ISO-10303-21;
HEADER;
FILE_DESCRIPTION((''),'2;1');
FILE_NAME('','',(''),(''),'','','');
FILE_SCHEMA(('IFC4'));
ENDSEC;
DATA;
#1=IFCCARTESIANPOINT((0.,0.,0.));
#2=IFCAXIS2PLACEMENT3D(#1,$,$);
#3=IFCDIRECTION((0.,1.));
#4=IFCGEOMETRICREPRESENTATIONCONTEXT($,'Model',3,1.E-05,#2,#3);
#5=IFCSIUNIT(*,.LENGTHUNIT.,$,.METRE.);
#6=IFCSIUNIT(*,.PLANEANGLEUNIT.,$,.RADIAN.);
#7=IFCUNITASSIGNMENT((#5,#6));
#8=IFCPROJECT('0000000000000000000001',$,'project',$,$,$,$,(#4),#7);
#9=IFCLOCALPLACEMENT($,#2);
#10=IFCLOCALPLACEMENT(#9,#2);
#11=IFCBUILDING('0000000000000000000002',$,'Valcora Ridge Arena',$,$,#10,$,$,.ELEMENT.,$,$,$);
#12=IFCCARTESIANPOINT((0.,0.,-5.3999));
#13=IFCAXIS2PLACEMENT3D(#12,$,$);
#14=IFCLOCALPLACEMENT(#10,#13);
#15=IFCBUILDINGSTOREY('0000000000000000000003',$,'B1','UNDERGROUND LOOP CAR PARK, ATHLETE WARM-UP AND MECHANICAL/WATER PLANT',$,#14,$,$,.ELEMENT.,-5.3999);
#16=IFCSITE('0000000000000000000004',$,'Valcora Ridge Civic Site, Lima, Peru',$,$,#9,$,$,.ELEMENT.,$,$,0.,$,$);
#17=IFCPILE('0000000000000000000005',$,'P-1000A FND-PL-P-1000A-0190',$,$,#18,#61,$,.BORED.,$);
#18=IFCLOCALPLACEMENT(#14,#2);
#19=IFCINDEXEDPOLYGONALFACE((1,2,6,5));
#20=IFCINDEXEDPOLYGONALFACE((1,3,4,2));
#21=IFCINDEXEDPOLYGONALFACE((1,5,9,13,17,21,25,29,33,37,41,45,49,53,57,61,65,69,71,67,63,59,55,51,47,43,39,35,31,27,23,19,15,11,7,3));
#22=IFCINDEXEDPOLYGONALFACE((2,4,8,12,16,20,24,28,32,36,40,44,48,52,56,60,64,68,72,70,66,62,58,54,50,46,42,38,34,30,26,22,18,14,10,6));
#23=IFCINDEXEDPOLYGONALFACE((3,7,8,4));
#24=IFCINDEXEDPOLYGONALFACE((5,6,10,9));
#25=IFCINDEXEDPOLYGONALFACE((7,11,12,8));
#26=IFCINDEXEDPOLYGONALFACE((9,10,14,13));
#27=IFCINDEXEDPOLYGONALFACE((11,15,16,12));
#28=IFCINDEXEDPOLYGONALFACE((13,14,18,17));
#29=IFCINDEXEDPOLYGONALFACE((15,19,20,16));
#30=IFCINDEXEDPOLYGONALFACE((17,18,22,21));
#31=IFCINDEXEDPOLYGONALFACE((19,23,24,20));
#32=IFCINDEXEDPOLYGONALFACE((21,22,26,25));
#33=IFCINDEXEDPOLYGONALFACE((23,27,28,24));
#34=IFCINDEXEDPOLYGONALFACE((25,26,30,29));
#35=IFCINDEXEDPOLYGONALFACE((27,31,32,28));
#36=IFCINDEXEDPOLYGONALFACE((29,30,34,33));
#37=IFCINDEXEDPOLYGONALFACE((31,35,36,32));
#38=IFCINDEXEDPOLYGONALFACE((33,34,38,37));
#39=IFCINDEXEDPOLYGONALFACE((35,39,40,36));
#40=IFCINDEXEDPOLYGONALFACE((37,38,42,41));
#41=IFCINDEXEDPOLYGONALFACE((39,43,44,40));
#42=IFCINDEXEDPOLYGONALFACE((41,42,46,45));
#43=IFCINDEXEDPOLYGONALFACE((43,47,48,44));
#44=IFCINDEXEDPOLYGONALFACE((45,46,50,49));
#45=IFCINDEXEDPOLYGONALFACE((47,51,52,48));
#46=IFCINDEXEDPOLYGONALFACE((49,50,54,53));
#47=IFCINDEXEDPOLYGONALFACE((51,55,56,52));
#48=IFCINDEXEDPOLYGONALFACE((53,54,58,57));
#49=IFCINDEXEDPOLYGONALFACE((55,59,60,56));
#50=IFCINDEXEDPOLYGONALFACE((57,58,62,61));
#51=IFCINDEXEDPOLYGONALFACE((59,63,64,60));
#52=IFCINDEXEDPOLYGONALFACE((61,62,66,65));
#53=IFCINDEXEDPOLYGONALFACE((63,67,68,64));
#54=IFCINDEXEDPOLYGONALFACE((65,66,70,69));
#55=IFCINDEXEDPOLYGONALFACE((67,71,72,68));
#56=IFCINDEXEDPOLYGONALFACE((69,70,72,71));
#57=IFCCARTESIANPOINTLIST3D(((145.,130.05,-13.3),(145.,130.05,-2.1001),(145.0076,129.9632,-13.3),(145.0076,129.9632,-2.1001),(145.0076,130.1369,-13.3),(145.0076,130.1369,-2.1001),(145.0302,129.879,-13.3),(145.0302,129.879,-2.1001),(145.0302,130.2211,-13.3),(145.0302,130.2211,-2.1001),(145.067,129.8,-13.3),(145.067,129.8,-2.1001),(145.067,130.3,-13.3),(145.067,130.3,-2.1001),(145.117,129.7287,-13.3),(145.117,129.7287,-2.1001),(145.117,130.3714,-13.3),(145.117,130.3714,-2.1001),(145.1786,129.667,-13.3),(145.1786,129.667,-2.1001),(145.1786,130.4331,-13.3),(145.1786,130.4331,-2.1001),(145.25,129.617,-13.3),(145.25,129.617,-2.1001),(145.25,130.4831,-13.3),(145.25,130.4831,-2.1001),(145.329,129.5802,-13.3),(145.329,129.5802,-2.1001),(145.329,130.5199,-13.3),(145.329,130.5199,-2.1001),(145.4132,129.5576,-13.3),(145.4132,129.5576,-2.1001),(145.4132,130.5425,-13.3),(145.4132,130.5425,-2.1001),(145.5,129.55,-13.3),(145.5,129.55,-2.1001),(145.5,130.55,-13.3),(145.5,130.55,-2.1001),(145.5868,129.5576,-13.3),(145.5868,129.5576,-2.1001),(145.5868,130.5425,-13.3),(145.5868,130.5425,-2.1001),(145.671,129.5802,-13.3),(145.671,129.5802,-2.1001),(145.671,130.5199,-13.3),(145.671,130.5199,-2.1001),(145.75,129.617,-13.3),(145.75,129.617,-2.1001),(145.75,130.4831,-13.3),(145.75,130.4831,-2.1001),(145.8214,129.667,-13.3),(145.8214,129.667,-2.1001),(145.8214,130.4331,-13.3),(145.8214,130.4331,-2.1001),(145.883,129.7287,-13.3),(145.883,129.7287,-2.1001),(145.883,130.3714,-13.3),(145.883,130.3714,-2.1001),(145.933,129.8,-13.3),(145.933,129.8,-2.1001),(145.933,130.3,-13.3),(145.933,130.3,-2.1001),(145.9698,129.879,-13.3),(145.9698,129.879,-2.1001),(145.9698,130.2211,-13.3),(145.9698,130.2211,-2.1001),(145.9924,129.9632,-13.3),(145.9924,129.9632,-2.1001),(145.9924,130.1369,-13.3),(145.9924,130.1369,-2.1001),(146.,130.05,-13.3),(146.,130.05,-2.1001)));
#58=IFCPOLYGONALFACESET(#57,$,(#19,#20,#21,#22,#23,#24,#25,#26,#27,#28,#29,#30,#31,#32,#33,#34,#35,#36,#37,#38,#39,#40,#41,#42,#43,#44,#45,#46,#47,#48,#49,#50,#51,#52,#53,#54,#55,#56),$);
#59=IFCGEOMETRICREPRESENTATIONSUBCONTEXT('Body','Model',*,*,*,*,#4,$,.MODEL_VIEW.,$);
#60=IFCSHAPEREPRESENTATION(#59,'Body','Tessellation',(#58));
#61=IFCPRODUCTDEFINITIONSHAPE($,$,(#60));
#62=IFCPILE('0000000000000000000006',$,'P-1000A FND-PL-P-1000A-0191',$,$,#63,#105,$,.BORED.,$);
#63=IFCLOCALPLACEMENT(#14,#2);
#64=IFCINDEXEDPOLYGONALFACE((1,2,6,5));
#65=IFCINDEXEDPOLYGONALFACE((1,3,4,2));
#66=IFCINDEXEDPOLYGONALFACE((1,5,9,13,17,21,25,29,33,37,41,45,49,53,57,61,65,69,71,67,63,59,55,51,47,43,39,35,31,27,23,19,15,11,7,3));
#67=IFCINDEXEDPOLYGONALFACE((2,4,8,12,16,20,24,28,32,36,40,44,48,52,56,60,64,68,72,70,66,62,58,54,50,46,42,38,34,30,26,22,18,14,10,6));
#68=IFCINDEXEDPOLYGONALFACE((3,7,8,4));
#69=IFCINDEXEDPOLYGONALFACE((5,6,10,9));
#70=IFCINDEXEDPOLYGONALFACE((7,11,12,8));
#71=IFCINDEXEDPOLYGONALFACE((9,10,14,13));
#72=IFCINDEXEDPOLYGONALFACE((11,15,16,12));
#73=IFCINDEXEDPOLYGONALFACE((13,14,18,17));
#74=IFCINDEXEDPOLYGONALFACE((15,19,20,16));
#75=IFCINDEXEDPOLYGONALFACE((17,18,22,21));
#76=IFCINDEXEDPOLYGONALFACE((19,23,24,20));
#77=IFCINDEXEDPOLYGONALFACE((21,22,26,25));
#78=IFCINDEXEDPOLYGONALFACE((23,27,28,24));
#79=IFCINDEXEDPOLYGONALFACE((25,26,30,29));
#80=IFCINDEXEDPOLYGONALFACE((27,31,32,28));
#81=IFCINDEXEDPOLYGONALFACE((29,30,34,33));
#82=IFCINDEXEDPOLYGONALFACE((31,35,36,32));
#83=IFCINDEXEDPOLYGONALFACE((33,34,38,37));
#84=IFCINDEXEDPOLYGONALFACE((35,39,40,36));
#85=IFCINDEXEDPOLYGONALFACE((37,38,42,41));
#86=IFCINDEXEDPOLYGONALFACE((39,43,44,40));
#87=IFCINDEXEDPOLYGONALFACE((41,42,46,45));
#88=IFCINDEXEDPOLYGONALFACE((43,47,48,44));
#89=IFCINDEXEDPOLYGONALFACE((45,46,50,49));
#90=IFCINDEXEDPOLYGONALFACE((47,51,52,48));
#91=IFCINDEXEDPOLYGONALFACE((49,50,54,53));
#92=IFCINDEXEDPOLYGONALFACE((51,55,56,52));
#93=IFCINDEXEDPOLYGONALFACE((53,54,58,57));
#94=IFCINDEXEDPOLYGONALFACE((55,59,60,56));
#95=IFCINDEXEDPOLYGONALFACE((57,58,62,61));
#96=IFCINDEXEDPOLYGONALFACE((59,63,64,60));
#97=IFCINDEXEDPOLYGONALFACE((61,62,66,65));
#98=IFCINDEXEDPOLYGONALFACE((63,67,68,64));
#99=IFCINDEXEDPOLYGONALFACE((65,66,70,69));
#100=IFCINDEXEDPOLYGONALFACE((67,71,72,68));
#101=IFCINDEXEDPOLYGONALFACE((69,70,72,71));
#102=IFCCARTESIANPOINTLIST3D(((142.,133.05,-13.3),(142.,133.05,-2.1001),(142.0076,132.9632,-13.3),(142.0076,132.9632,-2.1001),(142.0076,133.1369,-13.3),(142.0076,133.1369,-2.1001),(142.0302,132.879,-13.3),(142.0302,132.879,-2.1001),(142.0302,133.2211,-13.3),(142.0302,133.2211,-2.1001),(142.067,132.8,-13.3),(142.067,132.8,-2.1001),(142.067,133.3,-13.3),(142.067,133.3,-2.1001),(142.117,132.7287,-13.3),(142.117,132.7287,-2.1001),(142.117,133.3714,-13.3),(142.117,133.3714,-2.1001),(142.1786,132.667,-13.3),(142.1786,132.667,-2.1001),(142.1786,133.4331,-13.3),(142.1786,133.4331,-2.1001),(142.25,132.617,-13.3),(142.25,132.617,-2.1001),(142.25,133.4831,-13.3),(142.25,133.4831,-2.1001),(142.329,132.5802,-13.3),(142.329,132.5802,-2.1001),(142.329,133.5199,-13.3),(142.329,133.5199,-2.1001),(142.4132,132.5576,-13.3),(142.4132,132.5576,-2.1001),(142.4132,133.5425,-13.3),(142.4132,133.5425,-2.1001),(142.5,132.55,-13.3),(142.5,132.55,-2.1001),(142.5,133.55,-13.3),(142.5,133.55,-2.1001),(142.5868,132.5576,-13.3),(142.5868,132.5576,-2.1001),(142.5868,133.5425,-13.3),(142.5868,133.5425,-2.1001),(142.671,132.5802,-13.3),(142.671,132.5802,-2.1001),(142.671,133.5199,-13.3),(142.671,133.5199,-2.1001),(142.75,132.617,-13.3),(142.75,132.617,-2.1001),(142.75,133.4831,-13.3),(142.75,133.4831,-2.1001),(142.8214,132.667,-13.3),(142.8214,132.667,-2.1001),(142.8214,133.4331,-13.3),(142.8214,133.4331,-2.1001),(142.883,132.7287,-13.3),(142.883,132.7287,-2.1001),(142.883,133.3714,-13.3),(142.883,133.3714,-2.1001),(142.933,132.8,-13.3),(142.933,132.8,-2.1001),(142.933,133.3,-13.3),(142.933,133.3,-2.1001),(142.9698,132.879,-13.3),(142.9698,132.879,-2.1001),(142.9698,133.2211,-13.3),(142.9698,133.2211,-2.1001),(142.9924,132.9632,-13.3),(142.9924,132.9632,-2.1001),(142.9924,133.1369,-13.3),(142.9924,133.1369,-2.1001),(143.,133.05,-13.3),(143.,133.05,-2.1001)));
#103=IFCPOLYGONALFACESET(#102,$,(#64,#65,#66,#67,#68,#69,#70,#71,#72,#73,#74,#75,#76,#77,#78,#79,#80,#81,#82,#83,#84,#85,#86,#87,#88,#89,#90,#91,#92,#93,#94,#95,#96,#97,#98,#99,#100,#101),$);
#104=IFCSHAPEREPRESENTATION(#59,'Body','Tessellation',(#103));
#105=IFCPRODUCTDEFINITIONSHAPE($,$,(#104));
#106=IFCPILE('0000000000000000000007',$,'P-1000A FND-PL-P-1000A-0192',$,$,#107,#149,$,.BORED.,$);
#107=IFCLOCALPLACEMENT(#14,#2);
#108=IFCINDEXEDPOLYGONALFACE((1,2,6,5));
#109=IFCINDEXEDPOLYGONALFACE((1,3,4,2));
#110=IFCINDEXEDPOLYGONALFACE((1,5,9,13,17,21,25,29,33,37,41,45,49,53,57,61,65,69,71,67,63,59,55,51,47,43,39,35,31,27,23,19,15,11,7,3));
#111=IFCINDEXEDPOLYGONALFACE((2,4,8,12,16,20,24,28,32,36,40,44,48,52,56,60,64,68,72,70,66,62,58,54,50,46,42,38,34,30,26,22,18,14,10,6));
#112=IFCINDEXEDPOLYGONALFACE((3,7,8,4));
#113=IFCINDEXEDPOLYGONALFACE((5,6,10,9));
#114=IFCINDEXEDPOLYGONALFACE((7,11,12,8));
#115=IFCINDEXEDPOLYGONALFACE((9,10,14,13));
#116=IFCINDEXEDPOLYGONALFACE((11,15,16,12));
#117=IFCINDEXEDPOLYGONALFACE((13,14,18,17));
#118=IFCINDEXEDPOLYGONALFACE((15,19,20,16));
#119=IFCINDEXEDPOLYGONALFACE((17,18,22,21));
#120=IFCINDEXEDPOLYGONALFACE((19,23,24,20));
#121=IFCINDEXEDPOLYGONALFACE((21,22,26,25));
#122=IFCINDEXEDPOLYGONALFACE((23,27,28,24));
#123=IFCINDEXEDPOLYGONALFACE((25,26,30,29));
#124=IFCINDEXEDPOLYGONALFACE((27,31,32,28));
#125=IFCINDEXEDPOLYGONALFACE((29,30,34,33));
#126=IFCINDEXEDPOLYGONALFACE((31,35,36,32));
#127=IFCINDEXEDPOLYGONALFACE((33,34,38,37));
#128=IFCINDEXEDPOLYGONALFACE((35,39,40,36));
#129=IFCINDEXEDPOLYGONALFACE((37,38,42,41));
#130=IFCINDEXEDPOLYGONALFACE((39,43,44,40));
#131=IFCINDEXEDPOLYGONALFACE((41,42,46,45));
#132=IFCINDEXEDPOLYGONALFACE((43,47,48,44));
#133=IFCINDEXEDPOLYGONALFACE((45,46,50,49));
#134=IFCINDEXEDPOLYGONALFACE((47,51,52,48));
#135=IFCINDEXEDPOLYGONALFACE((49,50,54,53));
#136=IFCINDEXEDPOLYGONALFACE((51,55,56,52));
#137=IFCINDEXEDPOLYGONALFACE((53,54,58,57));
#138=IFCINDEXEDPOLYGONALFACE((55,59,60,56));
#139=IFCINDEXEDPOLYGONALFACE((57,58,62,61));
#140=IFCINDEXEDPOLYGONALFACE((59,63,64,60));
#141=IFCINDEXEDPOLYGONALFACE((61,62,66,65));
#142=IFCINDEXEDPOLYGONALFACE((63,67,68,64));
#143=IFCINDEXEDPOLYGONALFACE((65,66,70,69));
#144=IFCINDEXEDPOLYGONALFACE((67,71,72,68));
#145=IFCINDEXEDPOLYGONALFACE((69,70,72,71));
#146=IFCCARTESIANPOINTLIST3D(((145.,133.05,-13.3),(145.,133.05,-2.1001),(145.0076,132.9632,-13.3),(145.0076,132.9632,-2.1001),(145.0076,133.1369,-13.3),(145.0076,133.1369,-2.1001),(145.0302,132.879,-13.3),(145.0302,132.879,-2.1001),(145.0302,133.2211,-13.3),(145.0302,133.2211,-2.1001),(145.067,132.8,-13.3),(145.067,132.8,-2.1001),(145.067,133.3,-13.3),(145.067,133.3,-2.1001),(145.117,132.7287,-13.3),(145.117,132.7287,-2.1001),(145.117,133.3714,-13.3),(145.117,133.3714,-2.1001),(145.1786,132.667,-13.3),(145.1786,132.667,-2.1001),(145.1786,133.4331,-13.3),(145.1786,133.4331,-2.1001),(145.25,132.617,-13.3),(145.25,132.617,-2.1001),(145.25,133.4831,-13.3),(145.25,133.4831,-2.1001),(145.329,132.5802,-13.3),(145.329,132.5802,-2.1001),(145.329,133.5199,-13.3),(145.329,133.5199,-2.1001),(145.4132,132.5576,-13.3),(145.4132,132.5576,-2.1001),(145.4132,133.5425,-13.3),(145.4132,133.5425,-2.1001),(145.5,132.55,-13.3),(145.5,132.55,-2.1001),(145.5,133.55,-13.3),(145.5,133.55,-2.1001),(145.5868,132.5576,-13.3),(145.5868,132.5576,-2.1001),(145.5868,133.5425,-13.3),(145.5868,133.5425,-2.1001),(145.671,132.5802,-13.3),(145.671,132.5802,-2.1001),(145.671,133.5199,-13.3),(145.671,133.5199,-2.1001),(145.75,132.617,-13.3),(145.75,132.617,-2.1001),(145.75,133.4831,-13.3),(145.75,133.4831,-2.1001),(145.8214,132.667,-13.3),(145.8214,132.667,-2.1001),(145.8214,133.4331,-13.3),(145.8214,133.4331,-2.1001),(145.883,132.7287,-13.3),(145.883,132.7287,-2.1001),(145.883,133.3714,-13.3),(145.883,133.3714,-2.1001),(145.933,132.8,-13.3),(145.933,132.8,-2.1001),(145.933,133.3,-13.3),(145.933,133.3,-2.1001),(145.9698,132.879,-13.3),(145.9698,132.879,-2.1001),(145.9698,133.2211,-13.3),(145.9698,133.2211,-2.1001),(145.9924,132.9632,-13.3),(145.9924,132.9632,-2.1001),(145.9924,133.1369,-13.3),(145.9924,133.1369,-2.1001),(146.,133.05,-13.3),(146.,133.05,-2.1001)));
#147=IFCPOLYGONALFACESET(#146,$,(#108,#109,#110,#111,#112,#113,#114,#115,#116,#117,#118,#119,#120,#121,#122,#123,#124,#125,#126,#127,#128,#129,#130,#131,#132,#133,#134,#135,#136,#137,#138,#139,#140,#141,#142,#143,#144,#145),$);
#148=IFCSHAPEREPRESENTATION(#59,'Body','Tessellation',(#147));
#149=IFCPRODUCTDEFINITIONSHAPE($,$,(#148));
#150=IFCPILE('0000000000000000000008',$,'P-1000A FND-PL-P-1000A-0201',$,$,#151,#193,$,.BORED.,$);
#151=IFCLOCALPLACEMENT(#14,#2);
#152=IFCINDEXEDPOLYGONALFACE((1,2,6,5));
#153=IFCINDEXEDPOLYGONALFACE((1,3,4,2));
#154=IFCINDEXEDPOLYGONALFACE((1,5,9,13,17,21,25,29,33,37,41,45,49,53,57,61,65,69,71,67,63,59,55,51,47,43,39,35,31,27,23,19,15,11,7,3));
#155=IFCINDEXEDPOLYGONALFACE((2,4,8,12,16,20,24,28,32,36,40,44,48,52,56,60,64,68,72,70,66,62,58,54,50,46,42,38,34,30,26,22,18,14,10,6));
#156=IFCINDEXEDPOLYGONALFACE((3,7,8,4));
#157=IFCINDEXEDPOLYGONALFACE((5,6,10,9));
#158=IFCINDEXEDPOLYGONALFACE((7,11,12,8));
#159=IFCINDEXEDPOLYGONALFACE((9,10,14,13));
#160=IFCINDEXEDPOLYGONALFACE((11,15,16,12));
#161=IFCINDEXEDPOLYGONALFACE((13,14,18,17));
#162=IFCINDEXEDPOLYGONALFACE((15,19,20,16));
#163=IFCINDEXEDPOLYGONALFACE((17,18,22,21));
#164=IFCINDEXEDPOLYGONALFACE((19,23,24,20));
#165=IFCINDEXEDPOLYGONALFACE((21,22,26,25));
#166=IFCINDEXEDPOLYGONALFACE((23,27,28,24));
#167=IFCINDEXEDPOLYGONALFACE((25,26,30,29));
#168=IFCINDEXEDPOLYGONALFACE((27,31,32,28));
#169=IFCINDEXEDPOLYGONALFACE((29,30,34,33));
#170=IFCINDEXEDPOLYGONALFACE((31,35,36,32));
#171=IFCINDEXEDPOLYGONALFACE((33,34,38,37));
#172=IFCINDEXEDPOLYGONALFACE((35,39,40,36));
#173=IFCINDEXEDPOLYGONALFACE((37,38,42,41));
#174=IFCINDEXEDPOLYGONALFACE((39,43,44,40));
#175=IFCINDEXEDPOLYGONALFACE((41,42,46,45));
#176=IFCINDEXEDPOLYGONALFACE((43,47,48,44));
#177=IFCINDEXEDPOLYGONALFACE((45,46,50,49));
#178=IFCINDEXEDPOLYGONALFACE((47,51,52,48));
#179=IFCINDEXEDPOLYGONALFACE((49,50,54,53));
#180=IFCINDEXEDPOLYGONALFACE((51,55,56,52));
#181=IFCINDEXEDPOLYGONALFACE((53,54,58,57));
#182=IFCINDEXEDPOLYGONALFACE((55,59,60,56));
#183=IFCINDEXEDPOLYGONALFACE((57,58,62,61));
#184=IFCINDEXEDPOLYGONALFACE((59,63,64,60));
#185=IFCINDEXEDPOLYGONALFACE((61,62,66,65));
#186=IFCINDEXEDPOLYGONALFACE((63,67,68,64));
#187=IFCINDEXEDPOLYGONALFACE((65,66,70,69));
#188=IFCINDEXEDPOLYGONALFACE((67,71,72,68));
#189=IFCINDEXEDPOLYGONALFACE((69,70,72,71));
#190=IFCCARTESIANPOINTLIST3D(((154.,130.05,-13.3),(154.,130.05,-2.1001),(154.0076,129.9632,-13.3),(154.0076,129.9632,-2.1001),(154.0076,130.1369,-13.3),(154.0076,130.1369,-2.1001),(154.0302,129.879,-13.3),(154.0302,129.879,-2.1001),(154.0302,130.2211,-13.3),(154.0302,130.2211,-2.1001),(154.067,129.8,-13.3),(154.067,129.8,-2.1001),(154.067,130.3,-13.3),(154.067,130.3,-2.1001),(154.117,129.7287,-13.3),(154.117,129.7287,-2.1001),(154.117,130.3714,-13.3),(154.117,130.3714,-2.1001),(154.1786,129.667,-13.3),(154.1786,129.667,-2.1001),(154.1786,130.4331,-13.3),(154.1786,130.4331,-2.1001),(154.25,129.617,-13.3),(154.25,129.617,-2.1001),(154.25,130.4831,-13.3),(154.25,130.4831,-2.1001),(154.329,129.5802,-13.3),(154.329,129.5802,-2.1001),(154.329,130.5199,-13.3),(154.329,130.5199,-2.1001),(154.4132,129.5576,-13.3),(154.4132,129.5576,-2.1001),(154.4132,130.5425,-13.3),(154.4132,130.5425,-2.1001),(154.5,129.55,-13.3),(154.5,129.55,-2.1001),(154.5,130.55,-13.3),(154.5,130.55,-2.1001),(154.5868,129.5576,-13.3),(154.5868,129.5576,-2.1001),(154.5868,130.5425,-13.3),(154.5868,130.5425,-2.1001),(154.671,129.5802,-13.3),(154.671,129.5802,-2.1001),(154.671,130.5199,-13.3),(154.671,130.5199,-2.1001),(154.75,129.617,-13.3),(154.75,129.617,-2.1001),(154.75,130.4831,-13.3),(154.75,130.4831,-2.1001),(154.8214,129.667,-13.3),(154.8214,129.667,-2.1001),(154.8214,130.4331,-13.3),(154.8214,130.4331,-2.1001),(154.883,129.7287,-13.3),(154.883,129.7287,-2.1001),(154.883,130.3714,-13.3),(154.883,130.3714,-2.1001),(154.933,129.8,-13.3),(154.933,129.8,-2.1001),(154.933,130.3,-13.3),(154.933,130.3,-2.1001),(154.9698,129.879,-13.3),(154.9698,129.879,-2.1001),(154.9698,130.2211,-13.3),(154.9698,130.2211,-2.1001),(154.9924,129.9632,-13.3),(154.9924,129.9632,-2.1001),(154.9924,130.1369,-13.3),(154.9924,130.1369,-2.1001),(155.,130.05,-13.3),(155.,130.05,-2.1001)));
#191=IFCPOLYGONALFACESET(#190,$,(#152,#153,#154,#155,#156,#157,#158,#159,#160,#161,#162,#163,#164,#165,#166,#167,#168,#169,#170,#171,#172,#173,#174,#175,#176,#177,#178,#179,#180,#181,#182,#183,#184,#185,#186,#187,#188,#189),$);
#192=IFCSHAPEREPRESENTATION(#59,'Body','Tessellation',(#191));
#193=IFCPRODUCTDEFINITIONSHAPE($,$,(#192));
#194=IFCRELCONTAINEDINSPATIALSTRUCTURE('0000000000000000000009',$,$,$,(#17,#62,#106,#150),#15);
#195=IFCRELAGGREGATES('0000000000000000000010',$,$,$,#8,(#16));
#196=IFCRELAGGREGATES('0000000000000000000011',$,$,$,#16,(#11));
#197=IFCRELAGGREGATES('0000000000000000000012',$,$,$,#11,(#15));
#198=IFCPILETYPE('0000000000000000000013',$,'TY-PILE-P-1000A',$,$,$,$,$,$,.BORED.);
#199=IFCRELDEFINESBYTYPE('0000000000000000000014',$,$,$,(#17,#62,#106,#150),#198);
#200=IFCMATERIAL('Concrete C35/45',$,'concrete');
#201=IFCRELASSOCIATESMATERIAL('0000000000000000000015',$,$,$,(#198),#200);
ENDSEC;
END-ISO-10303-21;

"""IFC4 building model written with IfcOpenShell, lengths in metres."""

from ifc_helpers import new_model, si_unit, direction, frame, origin, origin_2d, place, context, subcontext, project, spatial, circle, extrude, material, material_profile, profile_set, type_object, element, save


model = new_model("IFC4")

# Units and contexts
model_context = context("Model", 3, precision=1e-05, world=origin(), true_north=direction((0.0, 1.0)))
body_context = subcontext(model_context, "Body", "Model", "MODEL_VIEW")
ifc_project = project(units=[si_unit("LENGTHUNIT", "METRE"), si_unit("PLANEANGLEUNIT", "RADIAN")], contexts=[model_context])

# Site, building, storey
site_placement = place(None, origin())
site = spatial("IfcSite", under=ifc_project, at=site_placement, Name="Valcora Ridge Civic Site, Lima, Peru", CompositionType="ELEMENT", RefElevation=0.0)
building_placement = place(site_placement, origin())
building = spatial("IfcBuilding", under=site, at=building_placement, Name="Valcora Ridge Arena", CompositionType="ELEMENT")
storey_placement = place(building_placement, frame((0.0, 0.0, -5.3999)))
storey = spatial("IfcBuildingStorey", under=building, at=storey_placement, Name="B1", Description="UNDERGROUND LOOP CAR PARK, ATHLETE WARM-UP AND MECHANICAL/WATER PLANT", CompositionType="ELEMENT", Elevation=-5.3999)

# Piles
ifc_material_1 = material(Name="Concrete C35/45", Category="concrete")
ifc_material_profile_1 = material_profile(ifc_material_1, circle(Radius=0.5, at=origin_2d()), Name="BORED PILE D1000")
ifc_profile_set_1 = profile_set([ifc_material_profile_1], Name="Concrete C35/45")
pile_type_1 = type_object("IfcPileType", Name="TY-PILE-P-1000A", PredefinedType="BORED", material=ifc_profile_set_1)
for number, where, z_axis, x_axis, name in (
    (1, (145.5, 130.05, -2.1001), (0.0, 0.0, -1.0), (1.0, 0.0, 0.0), "P-1000A FND-PL-P-1000A-0190"),
    (2, (142.5, 133.05, -2.1001), (0.0, 0.0, -1.0), (1.0, 0.0, 0.0), "P-1000A FND-PL-P-1000A-0191"),
    (3, (145.5, 133.05, -2.1001), (0.0, 0.0, -1.0), (1.0, 0.0, 0.0), "P-1000A FND-PL-P-1000A-0192"),
    (4, (154.5, 130.05, -2.1001), (0.0, 0.0, -1.0), (1.0, 0.0, 0.0), "P-1000A FND-PL-P-1000A-0201"),
):
    element("IfcPile", number, at=place(storey_placement, frame(where, z_axis=z_axis, x_axis=x_axis)), inside=storey, type_object=pile_type_1, Name=name, PredefinedType="BORED", context=body_context, shape_type="SweptSolid", body=[
        extrude(circle(Radius=0.5, at=origin_2d()), origin(), (0.0, 0.0, 1.0), 11.2),
    ])

save(model, "model.ifc")
